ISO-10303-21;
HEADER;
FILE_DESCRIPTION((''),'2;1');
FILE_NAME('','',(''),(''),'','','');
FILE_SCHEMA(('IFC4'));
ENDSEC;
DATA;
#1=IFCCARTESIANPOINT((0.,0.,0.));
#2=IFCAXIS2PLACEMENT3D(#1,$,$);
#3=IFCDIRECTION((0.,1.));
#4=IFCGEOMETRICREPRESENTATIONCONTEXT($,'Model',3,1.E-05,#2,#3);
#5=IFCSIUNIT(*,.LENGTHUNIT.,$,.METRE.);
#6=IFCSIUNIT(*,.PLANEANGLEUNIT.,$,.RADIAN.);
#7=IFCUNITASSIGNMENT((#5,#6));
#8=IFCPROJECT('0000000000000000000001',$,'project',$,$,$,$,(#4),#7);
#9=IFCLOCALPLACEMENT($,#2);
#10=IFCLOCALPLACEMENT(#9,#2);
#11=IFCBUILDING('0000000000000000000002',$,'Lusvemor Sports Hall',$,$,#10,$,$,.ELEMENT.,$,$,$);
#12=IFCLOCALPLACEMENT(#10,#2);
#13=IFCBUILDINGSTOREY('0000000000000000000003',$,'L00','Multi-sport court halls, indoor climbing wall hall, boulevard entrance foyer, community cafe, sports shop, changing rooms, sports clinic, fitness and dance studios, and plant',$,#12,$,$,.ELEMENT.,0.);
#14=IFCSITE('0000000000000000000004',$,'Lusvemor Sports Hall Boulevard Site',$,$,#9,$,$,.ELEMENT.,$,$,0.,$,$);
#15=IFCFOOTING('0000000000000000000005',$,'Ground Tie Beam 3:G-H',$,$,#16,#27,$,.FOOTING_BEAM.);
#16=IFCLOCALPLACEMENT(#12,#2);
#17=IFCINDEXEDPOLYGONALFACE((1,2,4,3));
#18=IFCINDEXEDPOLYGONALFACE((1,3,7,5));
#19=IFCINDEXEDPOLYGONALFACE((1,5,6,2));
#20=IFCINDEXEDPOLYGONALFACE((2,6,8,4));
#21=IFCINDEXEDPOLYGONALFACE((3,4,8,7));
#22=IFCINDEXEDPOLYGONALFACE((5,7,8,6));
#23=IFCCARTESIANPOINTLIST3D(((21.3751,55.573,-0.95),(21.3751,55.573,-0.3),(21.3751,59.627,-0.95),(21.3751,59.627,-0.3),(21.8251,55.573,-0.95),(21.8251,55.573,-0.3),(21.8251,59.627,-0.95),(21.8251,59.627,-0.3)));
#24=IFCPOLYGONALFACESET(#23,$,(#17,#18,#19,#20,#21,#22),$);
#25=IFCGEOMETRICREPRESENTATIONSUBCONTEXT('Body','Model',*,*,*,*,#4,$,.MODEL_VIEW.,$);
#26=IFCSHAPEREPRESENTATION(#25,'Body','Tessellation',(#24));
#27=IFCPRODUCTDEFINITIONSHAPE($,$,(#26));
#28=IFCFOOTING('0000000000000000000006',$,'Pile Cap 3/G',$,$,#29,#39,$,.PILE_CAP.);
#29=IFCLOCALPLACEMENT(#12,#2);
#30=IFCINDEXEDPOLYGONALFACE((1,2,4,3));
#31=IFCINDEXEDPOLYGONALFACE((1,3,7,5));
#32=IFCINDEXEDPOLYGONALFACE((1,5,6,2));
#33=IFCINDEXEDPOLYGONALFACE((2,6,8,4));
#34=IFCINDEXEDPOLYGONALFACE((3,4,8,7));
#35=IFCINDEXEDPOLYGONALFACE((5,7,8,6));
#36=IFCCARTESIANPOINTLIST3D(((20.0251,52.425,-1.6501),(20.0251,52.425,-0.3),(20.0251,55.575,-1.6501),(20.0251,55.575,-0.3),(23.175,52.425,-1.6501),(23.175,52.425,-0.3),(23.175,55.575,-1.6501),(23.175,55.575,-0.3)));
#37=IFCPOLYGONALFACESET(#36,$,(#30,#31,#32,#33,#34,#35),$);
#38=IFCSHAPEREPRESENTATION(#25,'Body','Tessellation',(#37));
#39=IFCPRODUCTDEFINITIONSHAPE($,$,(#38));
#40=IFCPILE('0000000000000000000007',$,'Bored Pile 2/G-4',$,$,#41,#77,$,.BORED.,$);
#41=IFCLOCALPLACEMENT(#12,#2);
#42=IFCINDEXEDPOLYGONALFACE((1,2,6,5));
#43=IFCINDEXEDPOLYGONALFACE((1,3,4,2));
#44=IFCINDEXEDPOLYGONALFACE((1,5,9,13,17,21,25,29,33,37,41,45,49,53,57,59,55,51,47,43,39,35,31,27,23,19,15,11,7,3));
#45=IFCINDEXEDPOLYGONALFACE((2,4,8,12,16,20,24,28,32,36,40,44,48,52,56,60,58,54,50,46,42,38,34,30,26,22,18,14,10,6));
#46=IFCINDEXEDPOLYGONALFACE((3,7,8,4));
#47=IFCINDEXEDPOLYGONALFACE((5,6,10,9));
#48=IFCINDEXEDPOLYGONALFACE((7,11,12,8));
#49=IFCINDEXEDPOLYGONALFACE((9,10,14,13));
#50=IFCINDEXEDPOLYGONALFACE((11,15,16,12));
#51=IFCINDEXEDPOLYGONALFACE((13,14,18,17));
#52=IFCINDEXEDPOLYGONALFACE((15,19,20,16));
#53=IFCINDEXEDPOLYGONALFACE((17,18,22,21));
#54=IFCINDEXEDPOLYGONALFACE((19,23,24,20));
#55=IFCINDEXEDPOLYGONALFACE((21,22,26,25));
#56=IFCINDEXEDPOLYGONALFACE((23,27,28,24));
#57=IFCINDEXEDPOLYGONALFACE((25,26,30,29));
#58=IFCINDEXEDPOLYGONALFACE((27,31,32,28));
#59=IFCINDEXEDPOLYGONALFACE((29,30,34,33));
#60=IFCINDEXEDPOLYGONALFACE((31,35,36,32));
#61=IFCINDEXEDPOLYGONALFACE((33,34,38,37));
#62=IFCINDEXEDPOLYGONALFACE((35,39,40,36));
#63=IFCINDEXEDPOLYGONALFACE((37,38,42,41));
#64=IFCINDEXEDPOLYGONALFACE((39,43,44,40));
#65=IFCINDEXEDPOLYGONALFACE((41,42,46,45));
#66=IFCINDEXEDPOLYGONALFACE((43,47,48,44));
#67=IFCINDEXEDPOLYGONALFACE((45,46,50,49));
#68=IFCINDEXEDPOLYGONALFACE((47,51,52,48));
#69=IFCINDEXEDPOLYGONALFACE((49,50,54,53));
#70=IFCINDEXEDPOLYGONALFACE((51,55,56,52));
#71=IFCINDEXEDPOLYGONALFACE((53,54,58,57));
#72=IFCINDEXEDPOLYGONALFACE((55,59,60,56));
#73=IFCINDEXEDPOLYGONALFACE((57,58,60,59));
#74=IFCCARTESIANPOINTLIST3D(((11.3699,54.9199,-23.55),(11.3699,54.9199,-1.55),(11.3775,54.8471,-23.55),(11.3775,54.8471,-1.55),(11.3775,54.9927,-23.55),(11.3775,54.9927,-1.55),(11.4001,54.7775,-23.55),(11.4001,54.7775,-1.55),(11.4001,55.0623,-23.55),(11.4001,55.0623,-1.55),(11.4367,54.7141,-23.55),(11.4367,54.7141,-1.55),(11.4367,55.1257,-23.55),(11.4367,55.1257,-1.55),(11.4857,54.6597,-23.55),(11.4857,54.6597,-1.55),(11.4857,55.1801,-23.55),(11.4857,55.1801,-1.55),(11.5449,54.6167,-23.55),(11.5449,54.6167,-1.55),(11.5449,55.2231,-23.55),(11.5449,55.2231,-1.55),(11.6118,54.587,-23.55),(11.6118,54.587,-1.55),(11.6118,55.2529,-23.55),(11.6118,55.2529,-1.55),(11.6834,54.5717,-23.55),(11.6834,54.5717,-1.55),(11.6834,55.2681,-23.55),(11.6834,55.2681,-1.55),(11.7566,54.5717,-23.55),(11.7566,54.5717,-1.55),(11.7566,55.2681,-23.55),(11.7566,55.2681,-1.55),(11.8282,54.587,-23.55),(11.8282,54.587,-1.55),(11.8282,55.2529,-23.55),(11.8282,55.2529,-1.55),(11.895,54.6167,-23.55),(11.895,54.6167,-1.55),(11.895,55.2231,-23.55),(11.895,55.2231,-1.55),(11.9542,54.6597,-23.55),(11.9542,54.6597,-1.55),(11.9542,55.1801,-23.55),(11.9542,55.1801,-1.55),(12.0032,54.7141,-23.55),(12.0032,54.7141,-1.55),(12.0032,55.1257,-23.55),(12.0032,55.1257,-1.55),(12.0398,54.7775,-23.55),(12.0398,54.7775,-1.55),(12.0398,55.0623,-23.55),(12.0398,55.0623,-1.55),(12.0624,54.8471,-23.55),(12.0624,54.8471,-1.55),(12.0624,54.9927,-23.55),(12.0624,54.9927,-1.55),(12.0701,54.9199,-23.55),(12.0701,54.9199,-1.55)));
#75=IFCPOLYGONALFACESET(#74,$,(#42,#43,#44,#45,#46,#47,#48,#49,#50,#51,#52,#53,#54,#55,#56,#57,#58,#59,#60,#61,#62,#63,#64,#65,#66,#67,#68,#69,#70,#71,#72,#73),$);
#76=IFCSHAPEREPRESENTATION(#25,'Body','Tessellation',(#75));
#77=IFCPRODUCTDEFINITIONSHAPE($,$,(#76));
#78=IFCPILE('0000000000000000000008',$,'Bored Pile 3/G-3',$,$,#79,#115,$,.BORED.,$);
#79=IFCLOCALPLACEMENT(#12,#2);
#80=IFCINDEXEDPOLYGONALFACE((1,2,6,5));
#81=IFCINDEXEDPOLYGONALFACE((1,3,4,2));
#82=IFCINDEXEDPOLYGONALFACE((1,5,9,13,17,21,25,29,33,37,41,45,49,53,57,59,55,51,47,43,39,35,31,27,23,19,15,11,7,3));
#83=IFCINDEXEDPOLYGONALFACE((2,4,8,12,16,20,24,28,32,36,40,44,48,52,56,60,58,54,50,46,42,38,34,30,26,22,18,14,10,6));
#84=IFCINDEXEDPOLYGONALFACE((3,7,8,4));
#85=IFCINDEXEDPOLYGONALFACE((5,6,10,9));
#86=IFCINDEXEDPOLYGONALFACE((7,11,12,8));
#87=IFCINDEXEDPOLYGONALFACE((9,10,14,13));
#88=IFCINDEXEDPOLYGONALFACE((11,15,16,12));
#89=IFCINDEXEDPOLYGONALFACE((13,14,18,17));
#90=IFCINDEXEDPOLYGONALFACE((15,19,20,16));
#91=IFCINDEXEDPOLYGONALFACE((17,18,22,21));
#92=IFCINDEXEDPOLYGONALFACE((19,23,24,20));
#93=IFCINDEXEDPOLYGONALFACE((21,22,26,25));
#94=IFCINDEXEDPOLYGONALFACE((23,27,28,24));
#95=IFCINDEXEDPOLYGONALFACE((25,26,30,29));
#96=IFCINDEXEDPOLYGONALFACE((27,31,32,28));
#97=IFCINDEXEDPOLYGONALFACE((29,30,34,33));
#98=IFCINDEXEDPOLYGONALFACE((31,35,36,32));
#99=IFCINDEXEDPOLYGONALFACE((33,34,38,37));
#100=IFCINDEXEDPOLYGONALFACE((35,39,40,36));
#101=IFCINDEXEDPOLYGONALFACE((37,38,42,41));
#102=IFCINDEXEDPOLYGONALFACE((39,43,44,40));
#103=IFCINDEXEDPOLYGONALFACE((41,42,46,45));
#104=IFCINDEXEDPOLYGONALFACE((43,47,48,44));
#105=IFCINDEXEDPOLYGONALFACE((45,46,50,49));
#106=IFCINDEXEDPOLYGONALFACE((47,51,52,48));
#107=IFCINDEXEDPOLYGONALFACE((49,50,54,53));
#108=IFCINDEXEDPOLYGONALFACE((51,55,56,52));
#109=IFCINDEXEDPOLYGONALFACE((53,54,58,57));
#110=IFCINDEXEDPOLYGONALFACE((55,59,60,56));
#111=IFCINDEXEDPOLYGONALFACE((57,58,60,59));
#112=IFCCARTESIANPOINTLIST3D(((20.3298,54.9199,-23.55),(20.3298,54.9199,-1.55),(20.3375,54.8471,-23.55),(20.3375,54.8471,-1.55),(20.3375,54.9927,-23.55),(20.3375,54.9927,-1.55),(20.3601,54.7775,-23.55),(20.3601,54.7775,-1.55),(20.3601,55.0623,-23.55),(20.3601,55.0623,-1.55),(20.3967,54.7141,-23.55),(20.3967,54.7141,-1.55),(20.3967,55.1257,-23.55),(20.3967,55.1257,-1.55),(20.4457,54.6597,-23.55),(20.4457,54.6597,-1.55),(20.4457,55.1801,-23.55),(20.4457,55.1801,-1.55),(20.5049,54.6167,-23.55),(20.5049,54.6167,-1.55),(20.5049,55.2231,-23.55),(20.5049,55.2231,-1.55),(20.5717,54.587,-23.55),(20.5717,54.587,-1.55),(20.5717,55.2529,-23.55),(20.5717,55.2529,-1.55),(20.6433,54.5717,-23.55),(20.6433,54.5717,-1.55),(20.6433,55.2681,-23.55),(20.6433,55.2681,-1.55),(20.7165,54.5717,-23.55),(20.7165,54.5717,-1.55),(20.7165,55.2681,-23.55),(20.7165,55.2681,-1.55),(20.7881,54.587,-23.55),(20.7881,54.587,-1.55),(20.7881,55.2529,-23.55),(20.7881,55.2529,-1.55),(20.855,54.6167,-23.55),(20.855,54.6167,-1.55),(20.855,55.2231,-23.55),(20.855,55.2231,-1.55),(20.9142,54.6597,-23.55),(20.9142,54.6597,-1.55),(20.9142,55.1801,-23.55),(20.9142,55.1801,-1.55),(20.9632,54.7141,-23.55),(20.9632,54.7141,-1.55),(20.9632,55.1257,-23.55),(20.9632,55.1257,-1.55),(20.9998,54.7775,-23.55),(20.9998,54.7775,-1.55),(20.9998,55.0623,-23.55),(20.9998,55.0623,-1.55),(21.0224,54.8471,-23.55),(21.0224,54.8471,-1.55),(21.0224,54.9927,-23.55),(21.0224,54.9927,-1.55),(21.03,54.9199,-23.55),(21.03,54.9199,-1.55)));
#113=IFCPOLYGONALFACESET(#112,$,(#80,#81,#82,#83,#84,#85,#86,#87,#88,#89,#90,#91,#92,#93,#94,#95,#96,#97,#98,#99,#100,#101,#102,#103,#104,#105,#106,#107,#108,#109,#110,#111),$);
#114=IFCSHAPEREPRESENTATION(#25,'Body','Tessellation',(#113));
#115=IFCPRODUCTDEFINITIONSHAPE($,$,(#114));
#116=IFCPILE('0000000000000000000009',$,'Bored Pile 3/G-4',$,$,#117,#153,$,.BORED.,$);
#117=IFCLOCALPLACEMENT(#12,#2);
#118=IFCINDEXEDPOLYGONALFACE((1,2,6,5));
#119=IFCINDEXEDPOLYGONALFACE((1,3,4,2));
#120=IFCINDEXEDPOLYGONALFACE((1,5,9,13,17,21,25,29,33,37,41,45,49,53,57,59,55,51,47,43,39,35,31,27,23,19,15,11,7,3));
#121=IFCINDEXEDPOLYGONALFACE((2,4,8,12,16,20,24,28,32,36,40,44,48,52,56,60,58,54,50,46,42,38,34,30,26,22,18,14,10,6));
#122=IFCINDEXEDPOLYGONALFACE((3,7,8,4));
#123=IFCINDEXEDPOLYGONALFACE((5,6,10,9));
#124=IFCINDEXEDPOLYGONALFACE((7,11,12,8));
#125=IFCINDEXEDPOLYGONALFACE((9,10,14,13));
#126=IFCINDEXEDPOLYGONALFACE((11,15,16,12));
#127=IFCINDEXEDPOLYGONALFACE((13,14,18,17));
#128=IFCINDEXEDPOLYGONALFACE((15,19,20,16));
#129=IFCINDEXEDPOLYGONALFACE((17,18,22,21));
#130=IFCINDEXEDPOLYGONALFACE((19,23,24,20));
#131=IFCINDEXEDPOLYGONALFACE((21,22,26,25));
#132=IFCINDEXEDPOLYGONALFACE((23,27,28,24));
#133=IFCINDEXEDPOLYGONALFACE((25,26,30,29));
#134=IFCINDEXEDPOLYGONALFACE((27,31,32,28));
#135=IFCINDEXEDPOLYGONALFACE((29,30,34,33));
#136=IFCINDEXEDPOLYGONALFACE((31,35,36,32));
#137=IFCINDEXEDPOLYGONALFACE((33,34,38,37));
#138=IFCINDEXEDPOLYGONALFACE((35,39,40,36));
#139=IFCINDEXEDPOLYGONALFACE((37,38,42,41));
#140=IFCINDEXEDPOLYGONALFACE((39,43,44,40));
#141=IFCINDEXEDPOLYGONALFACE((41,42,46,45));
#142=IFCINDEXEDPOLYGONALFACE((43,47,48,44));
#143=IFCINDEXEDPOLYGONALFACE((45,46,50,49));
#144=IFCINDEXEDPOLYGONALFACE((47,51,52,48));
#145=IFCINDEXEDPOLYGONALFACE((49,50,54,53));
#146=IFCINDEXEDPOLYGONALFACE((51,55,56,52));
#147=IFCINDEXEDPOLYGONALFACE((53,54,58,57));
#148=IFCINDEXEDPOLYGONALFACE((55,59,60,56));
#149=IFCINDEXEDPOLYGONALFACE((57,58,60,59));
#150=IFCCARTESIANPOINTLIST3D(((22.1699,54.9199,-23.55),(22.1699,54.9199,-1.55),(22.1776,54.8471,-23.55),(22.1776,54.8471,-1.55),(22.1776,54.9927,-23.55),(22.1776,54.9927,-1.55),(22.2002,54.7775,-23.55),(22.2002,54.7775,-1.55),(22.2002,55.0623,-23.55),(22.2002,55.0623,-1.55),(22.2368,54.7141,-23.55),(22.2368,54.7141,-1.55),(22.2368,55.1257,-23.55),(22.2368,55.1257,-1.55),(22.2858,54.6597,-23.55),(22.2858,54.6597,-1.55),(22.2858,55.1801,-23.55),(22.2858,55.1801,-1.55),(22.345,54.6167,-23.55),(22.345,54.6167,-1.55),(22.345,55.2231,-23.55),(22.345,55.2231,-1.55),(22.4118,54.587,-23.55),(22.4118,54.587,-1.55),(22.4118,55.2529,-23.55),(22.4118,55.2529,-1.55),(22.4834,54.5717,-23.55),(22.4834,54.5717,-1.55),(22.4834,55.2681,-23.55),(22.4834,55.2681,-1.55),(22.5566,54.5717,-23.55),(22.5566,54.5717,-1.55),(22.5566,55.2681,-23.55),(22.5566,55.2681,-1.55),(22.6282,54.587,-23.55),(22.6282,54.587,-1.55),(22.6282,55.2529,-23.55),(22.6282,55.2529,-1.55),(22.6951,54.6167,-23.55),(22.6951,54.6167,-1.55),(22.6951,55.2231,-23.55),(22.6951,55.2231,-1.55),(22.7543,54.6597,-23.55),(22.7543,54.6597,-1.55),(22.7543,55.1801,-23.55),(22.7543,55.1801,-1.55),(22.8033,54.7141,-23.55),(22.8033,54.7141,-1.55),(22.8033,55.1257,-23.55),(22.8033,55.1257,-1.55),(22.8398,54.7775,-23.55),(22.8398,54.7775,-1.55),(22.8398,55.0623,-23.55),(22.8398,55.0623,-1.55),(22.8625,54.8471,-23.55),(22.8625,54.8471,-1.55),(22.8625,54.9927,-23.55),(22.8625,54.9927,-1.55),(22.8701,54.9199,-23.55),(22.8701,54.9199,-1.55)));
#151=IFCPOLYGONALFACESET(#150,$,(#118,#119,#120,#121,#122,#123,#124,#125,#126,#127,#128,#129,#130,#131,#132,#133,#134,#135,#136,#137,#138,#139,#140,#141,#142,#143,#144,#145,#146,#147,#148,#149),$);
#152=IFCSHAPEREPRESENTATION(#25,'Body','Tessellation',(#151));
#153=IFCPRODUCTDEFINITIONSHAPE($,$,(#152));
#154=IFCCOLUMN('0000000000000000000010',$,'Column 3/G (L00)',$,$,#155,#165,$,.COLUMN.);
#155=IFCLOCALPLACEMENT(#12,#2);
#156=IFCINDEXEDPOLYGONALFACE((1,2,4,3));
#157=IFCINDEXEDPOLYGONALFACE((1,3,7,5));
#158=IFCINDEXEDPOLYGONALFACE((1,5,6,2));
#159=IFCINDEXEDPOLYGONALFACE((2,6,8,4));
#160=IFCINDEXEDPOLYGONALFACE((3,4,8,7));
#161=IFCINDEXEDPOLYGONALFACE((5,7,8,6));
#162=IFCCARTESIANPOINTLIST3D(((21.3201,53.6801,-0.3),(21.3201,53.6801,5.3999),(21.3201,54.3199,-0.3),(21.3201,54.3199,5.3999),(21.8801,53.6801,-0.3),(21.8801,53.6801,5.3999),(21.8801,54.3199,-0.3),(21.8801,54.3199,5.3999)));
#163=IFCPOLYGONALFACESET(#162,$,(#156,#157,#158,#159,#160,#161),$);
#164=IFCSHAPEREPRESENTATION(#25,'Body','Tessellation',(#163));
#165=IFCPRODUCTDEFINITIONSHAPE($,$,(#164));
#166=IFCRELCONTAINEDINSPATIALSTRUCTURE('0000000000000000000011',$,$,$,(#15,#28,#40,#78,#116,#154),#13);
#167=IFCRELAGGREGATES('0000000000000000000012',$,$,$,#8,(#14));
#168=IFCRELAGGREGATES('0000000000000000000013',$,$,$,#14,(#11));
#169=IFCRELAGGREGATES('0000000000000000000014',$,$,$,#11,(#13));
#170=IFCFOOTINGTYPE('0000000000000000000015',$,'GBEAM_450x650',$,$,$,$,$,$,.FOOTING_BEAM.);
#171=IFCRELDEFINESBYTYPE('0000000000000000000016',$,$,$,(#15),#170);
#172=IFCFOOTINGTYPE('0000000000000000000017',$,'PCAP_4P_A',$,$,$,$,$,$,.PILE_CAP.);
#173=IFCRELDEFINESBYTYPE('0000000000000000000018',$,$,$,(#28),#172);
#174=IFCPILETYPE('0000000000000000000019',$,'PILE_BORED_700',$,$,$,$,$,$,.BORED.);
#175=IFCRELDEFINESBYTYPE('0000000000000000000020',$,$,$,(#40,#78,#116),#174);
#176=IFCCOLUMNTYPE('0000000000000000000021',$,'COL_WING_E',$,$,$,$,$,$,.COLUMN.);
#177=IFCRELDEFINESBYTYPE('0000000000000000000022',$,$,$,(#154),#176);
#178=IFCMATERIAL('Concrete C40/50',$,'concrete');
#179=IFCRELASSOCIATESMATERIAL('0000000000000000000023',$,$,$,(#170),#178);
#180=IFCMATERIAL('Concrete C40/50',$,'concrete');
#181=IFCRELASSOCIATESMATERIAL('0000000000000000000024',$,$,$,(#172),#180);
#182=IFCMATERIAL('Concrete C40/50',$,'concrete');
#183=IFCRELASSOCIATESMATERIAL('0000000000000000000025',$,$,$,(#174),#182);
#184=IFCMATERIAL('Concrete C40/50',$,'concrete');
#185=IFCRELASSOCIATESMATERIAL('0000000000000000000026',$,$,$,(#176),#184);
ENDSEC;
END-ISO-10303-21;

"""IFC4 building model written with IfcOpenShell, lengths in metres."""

from ifc_helpers import new_model, si_unit, direction, frame, origin, origin_2d, place, context, subcontext, project, spatial, rectangle, circle, extrude, material, material_profile, profile_set, type_object, element, save


model = new_model("IFC4")

# Units and contexts
model_context = context("Model", 3, precision=1e-05, world=origin(), true_north=direction((0.0, 1.0)))
body_context = subcontext(model_context, "Body", "Model", "MODEL_VIEW")
ifc_project = project(units=[si_unit("LENGTHUNIT", "METRE"), si_unit("PLANEANGLEUNIT", "RADIAN")], contexts=[model_context])

# Site, building, storey
site_placement = place(None, origin())
site = spatial("IfcSite", under=ifc_project, at=site_placement, Name="Lusvemor Sports Hall Boulevard Site", CompositionType="ELEMENT", RefElevation=0.0)
building_placement = place(site_placement, origin())
building = spatial("IfcBuilding", under=site, at=building_placement, Name="Lusvemor Sports Hall", CompositionType="ELEMENT")
storey_placement = place(building_placement, origin())
storey = spatial("IfcBuildingStorey", under=building, at=storey_placement, Name="L00", Description="Multi-sport court halls, indoor climbing wall hall, boulevard entrance foyer, community cafe, sports shop, changing rooms, sports clinic, fitness and dance studios, and plant", CompositionType="ELEMENT", Elevation=0.0)

# Footings
ifc_material_1 = material(Name="Concrete C40/50", Category="concrete")
ifc_material_profile_1 = material_profile(ifc_material_1, rectangle(XDim=0.45, YDim=0.6499, at=origin_2d()), Name="GB_450x650")
ifc_profile_set_1 = profile_set([ifc_material_profile_1], Name="Concrete C40/50")
footing_type_1 = type_object("IfcFootingType", Name="GBEAM_450x650", PredefinedType="FOOTING_BEAM", material=ifc_profile_set_1)
footing_1_placement = place(storey_placement, frame((21.6001, 55.573, -0.625), z_axis=(0.0, 1.0, 0.0), x_axis=(-1.0, 0.0, 0.0)))
element("IfcFooting", 1, at=footing_1_placement, inside=storey, type_object=footing_type_1, Name="Ground Tie Beam 3:G-H", PredefinedType="FOOTING_BEAM", context=body_context, shape_type="SweptSolid", body=[
    extrude(rectangle(XDim=0.45, YDim=0.6499, at=origin_2d()), origin(), (0.0, 0.0, 1.0), 4.054),
])
ifc_material_2 = material(Name="Concrete C40/50", Category="concrete")
footing_type_2 = type_object("IfcFootingType", Name="PCAP_4P_A", PredefinedType="PILE_CAP", material=ifc_material_2)
footing_2_placement = place(storey_placement, frame((21.6001, 54.0, -1.6501), z_axis=(0.0, 0.0, 1.0), x_axis=(1.0, 0.0, 0.0)))
element("IfcFooting", 2, at=footing_2_placement, inside=storey, type_object=footing_type_2, Name="Pile Cap 3/G", PredefinedType="PILE_CAP", context=body_context, shape_type="SweptSolid", body=[
    extrude(rectangle(XDim=3.1499, YDim=3.1499, at=origin_2d()), origin(), (0.0, 0.0, 1.0), 1.3501),
])

# Piles
ifc_material_3 = material(Name="Concrete C40/50", Category="concrete")
ifc_material_profile_2 = material_profile(ifc_material_3, circle(Radius=0.3501, at=origin_2d()), Name="PILE700")
ifc_profile_set_2 = profile_set([ifc_material_profile_2], Name="Concrete C40/50")
pile_type = type_object("IfcPileType", Name="PILE_BORED_700", PredefinedType="BORED", material=ifc_profile_set_2)
for number, where, z_axis, x_axis, name in (
    (3, (11.72, 54.9199, -1.55), (0.0, 0.0, -1.0), (1.0, 0.0, 0.0), "Bored Pile 2/G-4"),
    (4, (20.6799, 54.9199, -1.55), (0.0, 0.0, -1.0), (1.0, 0.0, 0.0), "Bored Pile 3/G-3"),
    (5, (22.52, 54.9199, -1.55), (0.0, 0.0, -1.0), (1.0, 0.0, 0.0), "Bored Pile 3/G-4"),
):
    element("IfcPile", number, at=place(storey_placement, frame(where, z_axis=z_axis, x_axis=x_axis)), inside=storey, type_object=pile_type, Name=name, PredefinedType="BORED", context=body_context, shape_type="SweptSolid", body=[
        extrude(circle(Radius=0.3501, at=origin_2d()), origin(), (0.0, 0.0, 1.0), 22.0),
    ])

# Column
ifc_material_4 = material(Name="Concrete C40/50", Category="concrete")
ifc_material_profile_3 = material_profile(ifc_material_4, rectangle(XDim=0.5601, YDim=0.6399, at=origin_2d()), Name="RC560x640")
ifc_profile_set_3 = profile_set([ifc_material_profile_3], Name="Concrete C40/50")
column_type = type_object("IfcColumnType", Name="COL_WING_E", PredefinedType="COLUMN", material=ifc_profile_set_3)
column_placement = place(storey_placement, frame((21.6001, 54.0, -0.3), z_axis=(0.0, 0.0, 1.0), x_axis=(1.0, 0.0, 0.0)))
element("IfcColumn", 6, at=column_placement, inside=storey, type_object=column_type, Name="Column 3/G (L00)", PredefinedType="COLUMN", context=body_context, shape_type="SweptSolid", body=[
    extrude(rectangle(XDim=0.5601, YDim=0.6399, at=origin_2d()), origin(), (0.0, 0.0, 1.0), 5.7),
])

save(model, "model.ifc")
